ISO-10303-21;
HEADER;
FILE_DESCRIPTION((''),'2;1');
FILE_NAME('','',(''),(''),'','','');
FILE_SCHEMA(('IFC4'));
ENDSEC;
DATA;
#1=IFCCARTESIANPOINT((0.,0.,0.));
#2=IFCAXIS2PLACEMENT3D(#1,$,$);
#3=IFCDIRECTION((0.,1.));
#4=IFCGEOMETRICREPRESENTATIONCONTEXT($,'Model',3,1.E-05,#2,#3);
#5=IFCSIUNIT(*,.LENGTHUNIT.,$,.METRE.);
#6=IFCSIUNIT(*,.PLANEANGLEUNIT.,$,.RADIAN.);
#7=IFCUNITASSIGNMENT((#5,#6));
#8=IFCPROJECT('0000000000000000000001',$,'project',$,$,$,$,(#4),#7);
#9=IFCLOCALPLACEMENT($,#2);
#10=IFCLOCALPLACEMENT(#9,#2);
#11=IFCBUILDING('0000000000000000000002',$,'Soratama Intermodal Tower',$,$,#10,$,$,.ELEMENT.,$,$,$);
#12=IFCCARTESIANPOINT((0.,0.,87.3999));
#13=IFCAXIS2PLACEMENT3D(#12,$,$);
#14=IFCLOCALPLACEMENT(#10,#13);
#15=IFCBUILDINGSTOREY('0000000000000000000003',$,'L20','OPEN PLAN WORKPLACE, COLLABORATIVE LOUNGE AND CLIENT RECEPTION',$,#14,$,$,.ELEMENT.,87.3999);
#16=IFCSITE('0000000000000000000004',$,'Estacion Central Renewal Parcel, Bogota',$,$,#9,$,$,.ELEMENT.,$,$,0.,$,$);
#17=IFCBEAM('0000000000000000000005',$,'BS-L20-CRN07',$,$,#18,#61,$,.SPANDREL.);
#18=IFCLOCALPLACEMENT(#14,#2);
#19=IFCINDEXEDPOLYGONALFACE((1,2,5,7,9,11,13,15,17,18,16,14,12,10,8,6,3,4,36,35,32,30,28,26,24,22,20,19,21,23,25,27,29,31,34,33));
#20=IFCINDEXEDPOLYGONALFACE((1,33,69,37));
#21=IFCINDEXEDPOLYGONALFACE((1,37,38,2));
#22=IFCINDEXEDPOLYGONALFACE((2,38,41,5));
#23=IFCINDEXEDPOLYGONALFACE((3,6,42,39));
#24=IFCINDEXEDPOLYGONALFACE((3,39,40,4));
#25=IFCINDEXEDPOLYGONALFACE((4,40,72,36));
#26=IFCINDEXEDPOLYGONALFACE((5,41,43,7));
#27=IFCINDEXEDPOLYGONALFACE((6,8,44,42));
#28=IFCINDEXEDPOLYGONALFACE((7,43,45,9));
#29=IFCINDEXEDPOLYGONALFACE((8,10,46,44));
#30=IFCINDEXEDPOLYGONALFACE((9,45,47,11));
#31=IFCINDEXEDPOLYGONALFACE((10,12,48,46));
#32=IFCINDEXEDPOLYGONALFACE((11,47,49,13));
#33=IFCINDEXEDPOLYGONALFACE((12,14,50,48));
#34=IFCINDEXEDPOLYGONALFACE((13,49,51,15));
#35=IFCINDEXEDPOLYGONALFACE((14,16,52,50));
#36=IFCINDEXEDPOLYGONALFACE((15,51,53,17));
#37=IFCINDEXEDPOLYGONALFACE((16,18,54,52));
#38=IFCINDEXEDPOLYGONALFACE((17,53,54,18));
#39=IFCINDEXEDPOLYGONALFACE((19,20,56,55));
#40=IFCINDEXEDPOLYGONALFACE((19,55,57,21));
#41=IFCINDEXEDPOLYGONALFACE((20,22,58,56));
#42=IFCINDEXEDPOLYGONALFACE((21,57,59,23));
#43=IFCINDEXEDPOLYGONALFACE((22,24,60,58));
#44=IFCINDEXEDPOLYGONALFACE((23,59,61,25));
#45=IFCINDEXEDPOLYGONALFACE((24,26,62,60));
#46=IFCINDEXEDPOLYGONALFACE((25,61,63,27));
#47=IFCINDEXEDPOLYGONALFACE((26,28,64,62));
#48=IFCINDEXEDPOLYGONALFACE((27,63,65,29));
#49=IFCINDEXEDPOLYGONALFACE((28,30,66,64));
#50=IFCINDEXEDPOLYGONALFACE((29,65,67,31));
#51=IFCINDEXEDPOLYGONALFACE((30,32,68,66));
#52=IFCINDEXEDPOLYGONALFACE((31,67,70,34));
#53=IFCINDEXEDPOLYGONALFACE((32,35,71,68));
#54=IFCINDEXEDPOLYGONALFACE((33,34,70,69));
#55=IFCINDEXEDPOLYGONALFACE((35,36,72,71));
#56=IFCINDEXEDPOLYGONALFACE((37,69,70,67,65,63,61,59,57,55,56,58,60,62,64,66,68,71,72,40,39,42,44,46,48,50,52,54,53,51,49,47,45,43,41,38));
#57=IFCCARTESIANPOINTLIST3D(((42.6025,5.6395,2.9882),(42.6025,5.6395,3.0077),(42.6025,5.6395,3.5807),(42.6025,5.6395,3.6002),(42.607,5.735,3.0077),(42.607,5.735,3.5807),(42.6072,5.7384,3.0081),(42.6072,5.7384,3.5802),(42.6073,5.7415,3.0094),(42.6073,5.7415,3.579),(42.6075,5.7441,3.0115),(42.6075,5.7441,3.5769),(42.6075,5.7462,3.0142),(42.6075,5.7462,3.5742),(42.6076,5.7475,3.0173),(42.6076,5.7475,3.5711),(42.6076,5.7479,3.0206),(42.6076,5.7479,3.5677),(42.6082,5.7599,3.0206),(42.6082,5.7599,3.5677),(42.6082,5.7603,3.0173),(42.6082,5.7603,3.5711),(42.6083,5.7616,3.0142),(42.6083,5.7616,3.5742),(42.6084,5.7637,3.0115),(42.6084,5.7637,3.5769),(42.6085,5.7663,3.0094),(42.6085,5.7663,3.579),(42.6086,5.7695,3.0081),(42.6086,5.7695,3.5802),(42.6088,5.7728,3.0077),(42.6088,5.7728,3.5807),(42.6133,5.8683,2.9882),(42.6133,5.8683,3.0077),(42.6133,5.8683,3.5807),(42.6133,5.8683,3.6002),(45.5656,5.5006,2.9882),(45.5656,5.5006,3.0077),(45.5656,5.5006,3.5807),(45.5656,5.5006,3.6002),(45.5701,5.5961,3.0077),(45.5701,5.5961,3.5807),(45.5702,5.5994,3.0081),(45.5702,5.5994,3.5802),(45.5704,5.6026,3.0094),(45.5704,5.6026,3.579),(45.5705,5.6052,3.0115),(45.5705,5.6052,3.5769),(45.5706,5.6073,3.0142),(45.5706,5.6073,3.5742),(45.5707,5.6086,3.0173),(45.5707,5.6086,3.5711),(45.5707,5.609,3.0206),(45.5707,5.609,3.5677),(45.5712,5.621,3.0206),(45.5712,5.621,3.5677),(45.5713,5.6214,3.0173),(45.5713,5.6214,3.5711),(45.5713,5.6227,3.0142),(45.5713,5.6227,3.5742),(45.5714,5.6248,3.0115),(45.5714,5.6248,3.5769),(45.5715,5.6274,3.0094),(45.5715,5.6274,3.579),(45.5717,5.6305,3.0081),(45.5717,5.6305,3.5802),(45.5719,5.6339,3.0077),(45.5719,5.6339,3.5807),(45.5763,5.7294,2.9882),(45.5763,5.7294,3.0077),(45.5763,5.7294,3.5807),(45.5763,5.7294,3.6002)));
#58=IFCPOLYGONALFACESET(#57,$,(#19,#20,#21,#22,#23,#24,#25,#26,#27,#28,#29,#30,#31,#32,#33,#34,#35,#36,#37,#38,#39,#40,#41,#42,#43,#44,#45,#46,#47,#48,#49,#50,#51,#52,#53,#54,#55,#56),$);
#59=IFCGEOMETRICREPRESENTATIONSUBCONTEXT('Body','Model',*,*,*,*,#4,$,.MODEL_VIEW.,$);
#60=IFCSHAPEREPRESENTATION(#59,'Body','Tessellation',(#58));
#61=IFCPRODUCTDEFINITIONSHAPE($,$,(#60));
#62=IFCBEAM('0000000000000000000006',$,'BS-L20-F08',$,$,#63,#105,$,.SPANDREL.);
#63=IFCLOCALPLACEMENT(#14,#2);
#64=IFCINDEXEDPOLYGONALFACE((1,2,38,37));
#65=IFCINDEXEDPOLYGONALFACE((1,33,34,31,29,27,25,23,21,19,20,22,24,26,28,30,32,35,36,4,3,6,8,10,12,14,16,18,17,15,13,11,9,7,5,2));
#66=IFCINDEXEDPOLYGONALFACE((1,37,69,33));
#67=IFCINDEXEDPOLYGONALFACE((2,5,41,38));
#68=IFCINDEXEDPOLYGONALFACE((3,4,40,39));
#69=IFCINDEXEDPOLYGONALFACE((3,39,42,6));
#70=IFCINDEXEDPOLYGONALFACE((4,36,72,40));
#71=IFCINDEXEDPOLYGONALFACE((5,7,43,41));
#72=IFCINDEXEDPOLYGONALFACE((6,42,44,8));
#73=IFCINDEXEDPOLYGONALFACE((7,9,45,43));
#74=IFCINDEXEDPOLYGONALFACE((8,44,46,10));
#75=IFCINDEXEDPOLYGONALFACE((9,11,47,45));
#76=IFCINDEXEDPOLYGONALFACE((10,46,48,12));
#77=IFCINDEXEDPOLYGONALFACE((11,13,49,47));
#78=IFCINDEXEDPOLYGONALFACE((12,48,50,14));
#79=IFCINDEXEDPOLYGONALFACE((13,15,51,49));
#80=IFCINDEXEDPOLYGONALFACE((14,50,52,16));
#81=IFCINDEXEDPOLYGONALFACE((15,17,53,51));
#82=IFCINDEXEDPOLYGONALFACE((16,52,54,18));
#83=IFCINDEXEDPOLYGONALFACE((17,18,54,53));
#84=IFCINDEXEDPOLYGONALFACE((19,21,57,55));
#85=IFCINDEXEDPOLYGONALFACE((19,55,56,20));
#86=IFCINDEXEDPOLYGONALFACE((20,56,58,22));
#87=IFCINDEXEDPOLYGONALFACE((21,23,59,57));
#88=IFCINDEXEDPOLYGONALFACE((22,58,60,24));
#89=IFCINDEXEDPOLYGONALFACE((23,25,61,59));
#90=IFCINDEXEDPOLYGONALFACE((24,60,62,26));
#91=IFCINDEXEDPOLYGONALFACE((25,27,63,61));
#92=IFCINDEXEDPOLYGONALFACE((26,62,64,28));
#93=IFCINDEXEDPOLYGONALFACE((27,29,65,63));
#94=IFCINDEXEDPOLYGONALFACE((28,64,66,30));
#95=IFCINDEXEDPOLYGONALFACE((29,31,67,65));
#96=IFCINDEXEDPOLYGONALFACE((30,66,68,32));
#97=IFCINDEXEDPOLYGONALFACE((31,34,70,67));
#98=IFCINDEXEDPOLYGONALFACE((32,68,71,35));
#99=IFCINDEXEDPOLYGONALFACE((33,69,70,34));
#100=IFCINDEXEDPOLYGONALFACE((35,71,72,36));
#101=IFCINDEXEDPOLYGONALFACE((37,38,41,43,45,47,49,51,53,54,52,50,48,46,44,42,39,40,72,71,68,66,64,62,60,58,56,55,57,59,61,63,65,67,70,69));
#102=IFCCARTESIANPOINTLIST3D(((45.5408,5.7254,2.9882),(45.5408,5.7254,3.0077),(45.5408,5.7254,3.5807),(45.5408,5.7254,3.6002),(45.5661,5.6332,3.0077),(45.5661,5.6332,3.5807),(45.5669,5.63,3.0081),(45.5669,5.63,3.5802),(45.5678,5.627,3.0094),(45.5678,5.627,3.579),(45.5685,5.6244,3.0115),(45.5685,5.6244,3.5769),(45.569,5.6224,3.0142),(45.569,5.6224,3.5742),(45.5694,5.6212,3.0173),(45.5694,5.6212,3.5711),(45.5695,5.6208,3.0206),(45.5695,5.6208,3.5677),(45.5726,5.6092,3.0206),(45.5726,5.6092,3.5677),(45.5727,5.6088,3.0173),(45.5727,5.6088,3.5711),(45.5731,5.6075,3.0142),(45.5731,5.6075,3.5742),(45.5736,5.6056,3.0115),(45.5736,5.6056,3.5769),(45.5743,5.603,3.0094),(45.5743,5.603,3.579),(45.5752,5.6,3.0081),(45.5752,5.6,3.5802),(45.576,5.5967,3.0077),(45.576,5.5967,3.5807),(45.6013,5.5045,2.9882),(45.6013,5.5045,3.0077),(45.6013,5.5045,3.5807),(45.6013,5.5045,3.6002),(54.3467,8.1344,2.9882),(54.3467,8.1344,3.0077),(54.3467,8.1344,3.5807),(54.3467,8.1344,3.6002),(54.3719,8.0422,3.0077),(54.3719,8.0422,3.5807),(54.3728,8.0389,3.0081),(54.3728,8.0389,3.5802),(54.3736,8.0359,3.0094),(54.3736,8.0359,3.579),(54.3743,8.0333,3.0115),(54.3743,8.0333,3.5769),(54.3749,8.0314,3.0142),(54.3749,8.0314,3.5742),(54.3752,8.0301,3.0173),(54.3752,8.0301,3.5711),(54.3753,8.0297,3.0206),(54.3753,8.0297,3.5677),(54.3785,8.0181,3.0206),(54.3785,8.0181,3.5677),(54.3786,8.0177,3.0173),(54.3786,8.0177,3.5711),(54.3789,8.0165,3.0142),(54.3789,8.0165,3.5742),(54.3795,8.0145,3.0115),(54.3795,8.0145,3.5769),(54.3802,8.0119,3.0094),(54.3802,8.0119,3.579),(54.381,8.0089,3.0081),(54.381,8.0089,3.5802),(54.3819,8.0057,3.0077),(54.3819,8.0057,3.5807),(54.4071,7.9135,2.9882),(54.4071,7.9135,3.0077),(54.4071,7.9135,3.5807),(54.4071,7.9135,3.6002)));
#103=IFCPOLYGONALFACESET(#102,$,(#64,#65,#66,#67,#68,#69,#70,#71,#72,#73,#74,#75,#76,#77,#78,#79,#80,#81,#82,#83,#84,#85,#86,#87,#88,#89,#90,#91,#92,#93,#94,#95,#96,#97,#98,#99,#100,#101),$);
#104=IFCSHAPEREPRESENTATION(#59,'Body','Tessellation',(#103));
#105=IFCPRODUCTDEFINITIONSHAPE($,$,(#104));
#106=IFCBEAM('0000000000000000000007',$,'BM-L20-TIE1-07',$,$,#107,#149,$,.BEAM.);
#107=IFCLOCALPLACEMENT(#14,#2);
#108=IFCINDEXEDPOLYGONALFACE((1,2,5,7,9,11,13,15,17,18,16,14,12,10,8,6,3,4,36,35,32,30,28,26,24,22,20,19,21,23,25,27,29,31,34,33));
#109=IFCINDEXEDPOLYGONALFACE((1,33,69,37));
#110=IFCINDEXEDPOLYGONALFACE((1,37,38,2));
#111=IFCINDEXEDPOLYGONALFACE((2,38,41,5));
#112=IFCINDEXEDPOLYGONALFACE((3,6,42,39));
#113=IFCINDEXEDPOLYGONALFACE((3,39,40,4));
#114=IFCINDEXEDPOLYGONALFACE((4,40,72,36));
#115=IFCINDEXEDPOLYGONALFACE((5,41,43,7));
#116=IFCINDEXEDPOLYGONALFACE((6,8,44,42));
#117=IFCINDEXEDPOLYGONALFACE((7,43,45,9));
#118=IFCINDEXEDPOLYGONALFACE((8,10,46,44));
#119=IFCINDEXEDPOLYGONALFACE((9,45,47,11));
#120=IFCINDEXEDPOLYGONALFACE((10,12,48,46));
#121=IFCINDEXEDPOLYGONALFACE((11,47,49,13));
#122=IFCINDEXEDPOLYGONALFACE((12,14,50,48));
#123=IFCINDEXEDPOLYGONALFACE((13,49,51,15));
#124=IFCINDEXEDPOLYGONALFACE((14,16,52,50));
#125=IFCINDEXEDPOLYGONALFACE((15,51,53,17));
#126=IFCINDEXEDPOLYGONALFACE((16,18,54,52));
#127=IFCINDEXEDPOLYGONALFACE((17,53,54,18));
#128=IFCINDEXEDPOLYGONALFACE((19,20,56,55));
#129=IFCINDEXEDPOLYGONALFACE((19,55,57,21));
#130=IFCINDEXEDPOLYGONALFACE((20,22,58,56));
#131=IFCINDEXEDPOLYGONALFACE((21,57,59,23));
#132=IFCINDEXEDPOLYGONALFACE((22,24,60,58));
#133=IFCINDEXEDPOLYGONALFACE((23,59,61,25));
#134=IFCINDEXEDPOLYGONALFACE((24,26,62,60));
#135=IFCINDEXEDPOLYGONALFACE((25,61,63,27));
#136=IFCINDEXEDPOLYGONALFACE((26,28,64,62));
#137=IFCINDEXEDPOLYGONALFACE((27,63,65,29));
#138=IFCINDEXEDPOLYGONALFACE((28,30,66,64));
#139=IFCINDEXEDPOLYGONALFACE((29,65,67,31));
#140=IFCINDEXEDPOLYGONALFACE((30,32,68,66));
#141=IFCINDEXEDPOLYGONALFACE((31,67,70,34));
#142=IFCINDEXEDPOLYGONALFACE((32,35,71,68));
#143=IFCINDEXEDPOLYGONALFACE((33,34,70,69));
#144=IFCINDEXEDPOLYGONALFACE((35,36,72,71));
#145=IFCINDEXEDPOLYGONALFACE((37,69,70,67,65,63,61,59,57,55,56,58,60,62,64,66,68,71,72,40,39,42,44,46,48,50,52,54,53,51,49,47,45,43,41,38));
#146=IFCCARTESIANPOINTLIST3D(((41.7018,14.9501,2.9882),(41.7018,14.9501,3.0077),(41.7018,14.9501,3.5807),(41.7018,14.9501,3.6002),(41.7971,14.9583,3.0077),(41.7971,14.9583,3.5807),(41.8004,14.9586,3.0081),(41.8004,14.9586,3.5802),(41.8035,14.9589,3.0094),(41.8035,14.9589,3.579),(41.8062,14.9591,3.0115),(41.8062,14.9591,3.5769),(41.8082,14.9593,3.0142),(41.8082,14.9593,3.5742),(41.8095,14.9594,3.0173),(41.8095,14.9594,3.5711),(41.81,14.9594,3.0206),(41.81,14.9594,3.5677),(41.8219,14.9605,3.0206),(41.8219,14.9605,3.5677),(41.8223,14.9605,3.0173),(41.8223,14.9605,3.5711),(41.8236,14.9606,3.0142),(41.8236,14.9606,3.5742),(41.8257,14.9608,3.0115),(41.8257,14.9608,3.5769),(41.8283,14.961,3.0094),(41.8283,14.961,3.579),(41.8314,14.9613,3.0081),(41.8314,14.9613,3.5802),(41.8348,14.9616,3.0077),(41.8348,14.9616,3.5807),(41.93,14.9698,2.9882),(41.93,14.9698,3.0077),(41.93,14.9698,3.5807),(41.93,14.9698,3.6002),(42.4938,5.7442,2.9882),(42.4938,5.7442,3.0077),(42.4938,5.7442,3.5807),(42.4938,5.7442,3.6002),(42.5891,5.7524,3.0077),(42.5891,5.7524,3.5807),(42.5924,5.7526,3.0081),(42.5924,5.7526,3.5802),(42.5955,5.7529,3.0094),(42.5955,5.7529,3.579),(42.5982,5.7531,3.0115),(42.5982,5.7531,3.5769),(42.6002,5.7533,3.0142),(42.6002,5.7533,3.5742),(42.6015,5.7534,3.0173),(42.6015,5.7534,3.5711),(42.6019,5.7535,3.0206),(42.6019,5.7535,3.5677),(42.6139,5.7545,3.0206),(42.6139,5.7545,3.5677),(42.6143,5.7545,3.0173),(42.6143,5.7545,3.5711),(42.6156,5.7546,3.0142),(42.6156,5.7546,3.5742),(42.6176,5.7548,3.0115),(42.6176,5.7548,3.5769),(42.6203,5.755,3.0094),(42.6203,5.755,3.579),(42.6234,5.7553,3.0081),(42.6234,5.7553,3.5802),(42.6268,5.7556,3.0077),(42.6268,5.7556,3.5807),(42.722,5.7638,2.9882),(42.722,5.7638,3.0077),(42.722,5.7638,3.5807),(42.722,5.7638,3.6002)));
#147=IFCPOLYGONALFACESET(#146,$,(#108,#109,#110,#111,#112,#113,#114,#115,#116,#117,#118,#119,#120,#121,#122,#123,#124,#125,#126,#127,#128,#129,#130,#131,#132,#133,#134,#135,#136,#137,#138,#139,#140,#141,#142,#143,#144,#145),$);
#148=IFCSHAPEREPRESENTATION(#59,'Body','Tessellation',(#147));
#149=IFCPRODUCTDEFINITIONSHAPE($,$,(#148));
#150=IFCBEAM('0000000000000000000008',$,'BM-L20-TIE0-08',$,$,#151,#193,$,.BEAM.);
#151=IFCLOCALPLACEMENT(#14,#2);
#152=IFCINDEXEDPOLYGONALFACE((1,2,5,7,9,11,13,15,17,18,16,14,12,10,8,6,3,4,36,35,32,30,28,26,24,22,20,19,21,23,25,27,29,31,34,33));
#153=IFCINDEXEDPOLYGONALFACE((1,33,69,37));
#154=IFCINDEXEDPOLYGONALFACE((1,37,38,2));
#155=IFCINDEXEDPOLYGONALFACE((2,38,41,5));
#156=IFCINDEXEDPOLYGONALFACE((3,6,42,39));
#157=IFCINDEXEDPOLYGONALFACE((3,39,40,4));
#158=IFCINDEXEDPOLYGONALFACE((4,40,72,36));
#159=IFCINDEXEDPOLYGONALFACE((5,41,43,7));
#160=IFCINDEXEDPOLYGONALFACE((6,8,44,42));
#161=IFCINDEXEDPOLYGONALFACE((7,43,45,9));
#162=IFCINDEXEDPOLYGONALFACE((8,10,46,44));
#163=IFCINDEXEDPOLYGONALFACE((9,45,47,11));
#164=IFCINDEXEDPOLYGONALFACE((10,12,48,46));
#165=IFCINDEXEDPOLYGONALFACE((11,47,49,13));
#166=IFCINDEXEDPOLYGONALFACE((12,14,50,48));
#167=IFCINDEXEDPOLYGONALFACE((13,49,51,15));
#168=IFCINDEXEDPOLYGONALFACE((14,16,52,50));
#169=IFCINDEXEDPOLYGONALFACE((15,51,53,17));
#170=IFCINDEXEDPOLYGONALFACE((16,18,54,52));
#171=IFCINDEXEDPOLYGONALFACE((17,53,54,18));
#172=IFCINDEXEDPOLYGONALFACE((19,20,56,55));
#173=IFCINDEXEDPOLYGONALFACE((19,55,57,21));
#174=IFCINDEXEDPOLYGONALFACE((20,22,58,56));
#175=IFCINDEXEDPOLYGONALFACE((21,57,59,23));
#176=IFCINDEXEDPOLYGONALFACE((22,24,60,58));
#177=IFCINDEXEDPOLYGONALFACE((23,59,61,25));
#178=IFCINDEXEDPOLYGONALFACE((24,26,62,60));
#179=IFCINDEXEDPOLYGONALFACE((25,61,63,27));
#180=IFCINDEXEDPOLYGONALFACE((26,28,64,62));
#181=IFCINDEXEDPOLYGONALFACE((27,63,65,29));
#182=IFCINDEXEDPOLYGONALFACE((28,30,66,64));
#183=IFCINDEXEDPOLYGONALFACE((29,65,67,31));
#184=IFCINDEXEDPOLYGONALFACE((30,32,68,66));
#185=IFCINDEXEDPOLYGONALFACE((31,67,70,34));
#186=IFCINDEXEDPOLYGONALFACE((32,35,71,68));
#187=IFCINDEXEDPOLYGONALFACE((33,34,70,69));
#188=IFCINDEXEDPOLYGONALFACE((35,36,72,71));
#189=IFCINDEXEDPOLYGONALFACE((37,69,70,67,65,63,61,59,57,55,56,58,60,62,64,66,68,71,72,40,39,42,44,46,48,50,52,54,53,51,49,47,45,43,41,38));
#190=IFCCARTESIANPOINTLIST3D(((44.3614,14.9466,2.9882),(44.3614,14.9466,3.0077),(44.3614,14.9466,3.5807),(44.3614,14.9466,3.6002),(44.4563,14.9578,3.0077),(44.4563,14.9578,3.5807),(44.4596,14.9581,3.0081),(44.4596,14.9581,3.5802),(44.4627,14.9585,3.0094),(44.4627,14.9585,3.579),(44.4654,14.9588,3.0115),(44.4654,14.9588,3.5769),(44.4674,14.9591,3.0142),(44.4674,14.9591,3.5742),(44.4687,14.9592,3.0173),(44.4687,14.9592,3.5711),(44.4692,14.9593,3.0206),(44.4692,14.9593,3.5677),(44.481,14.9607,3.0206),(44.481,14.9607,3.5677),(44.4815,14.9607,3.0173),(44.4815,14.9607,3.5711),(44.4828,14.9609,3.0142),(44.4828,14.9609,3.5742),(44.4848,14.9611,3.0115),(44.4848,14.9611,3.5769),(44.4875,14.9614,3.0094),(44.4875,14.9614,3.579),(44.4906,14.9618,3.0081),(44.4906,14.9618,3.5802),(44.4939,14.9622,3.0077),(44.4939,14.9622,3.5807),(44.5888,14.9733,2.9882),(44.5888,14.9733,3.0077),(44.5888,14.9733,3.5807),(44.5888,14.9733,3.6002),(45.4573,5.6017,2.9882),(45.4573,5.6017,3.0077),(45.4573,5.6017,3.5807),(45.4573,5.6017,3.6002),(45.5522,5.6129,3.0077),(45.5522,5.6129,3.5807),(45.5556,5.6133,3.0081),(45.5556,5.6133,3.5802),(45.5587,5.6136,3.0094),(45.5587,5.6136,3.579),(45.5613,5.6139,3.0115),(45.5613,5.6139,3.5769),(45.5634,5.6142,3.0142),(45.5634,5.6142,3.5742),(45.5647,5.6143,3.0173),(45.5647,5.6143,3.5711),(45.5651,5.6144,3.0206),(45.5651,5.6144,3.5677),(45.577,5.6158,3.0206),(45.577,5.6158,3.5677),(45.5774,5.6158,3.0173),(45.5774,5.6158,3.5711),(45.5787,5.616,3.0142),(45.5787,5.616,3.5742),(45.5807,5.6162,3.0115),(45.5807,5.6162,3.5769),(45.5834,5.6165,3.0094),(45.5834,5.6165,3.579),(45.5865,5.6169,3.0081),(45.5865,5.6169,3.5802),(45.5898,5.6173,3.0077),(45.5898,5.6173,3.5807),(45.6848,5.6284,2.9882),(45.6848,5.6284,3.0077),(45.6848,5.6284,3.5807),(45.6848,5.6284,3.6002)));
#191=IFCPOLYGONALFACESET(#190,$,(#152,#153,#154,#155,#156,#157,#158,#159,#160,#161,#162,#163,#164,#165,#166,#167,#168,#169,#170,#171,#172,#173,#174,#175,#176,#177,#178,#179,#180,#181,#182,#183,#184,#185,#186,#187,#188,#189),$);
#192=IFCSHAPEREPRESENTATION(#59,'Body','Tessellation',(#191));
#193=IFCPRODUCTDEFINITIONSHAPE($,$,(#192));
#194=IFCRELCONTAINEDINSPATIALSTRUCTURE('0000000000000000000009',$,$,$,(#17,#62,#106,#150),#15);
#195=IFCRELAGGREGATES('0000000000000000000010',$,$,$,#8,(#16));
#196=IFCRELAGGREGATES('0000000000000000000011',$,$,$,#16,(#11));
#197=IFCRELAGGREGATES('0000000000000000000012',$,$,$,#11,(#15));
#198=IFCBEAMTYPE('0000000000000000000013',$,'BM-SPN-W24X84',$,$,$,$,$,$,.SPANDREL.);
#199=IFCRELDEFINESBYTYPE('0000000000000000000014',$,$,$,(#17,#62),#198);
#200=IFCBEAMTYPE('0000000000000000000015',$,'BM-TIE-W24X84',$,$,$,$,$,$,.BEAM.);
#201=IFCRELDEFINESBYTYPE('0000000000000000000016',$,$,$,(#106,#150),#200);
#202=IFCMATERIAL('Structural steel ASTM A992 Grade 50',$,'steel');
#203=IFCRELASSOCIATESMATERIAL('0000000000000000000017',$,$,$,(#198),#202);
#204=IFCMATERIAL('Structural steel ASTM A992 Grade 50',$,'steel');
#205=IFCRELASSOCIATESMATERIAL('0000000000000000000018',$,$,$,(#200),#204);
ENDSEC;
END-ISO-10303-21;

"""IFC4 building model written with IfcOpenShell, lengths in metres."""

from ifc_helpers import new_model, si_unit, direction, frame, origin, origin_2d, place, context, subcontext, project, spatial, i_section, extrude, material, material_profile, profile_set, type_object, element, save


model = new_model("IFC4")

# Units and contexts
model_context = context("Model", 3, precision=1e-05, world=origin(), true_north=direction((0.0, 1.0)))
body_context = subcontext(model_context, "Body", "Model", "MODEL_VIEW")
ifc_project = project(units=[si_unit("LENGTHUNIT", "METRE"), si_unit("PLANEANGLEUNIT", "RADIAN")], contexts=[model_context])

# Site, building, storey
site_placement = place(None, origin())
site = spatial("IfcSite", under=ifc_project, at=site_placement, Name="Estacion Central Renewal Parcel, Bogota", CompositionType="ELEMENT", RefElevation=0.0)
building_placement = place(site_placement, origin())
building = spatial("IfcBuilding", under=site, at=building_placement, Name="Soratama Intermodal Tower", CompositionType="ELEMENT")
storey_placement = place(building_placement, frame((0.0, 0.0, 87.3999)))
storey = spatial("IfcBuildingStorey", under=building, at=storey_placement, Name="L20", Description="OPEN PLAN WORKPLACE, COLLABORATIVE LOUNGE AND CLIENT RECEPTION", CompositionType="ELEMENT", Elevation=87.3999)

# Beams
ifc_material_1 = material(Name="Structural steel ASTM A992 Grade 50", Category="steel")
ifc_material_profile_1 = material_profile(ifc_material_1, i_section(OverallWidth=0.229, OverallDepth=0.6121, WebThickness=0.012, FlangeThickness=0.0195, FilletRadius=0.0129, at=origin_2d()), Name="W24X84")
ifc_profile_set_1 = profile_set([ifc_material_profile_1], Name="Structural steel ASTM A992 Grade 50")
beam_type_1 = type_object("IfcBeamType", Name="BM-SPN-W24X84", PredefinedType="SPANDREL", material=ifc_profile_set_1)
beam_1_placement = place(storey_placement, frame((42.6079, 5.7539, 3.2942), z_axis=(0.998903, -0.04683, 0.0), x_axis=(0.04683, 0.998903, 0.0)))
element("IfcBeam", 1, at=beam_1_placement, inside=storey, type_object=beam_type_1, Name="BS-L20-CRN07", PredefinedType="SPANDREL", context=body_context, shape_type="SweptSolid", body=[
    extrude(i_section(OverallWidth=0.229, OverallDepth=0.6121, WebThickness=0.012, FlangeThickness=0.0195, FilletRadius=0.0129, at=origin_2d()), origin(), (0.0, 0.0, 1.0), 2.9663),
])
beam_2_placement = place(storey_placement, frame((45.571, 5.615, 3.2942), z_axis=(0.96456, 0.263864, 0.0), x_axis=(-0.263864, 0.96456, 0.0)))
element("IfcBeam", 2, at=beam_2_placement, inside=storey, type_object=beam_type_1, Name="BS-L20-F08", PredefinedType="SPANDREL", context=body_context, shape_type="SweptSolid", body=[
    extrude(i_section(OverallWidth=0.229, OverallDepth=0.6121, WebThickness=0.012, FlangeThickness=0.0195, FilletRadius=0.0129, at=origin_2d()), origin(), (0.0, 0.0, 1.0), 9.1294),
])
ifc_material_2 = material(Name="Structural steel ASTM A992 Grade 50", Category="steel")
ifc_material_profile_2 = material_profile(ifc_material_2, i_section(OverallWidth=0.229, OverallDepth=0.6121, WebThickness=0.012, FlangeThickness=0.0195, FilletRadius=0.0129, at=origin_2d()), Name="W24X84")
ifc_profile_set_2 = profile_set([ifc_material_profile_2], Name="Structural steel ASTM A992 Grade 50")
beam_type_2 = type_object("IfcBeamType", Name="BM-TIE-W24X84", PredefinedType="BEAM", material=ifc_profile_set_2)
beam_3_placement = place(storey_placement, frame((41.8159, 14.96, 3.2942), z_axis=(0.085713, -0.99632, 0.0), x_axis=(0.99632, 0.085713, 0.0)))
element("IfcBeam", 3, at=beam_3_placement, inside=storey, type_object=beam_type_2, Name="BM-L20-TIE1-07", PredefinedType="BEAM", context=body_context, shape_type="SweptSolid", body=[
    extrude(i_section(OverallWidth=0.229, OverallDepth=0.6121, WebThickness=0.012, FlangeThickness=0.0195, FilletRadius=0.0129, at=origin_2d()), origin(), (0.0, 0.0, 1.0), 9.24),
])
beam_4_placement = place(storey_placement, frame((44.4751, 14.96, 3.2942), z_axis=(0.116478, -0.993193, 0.0), x_axis=(0.993193, 0.116478, 0.0)))
element("IfcBeam", 4, at=beam_4_placement, inside=storey, type_object=beam_type_2, Name="BM-L20-TIE0-08", PredefinedType="BEAM", context=body_context, shape_type="SweptSolid", body=[
    extrude(i_section(OverallWidth=0.229, OverallDepth=0.6121, WebThickness=0.012, FlangeThickness=0.0195, FilletRadius=0.0129, at=origin_2d()), origin(), (0.0, 0.0, 1.0), 9.4089),
])

save(model, "model.ifc")
